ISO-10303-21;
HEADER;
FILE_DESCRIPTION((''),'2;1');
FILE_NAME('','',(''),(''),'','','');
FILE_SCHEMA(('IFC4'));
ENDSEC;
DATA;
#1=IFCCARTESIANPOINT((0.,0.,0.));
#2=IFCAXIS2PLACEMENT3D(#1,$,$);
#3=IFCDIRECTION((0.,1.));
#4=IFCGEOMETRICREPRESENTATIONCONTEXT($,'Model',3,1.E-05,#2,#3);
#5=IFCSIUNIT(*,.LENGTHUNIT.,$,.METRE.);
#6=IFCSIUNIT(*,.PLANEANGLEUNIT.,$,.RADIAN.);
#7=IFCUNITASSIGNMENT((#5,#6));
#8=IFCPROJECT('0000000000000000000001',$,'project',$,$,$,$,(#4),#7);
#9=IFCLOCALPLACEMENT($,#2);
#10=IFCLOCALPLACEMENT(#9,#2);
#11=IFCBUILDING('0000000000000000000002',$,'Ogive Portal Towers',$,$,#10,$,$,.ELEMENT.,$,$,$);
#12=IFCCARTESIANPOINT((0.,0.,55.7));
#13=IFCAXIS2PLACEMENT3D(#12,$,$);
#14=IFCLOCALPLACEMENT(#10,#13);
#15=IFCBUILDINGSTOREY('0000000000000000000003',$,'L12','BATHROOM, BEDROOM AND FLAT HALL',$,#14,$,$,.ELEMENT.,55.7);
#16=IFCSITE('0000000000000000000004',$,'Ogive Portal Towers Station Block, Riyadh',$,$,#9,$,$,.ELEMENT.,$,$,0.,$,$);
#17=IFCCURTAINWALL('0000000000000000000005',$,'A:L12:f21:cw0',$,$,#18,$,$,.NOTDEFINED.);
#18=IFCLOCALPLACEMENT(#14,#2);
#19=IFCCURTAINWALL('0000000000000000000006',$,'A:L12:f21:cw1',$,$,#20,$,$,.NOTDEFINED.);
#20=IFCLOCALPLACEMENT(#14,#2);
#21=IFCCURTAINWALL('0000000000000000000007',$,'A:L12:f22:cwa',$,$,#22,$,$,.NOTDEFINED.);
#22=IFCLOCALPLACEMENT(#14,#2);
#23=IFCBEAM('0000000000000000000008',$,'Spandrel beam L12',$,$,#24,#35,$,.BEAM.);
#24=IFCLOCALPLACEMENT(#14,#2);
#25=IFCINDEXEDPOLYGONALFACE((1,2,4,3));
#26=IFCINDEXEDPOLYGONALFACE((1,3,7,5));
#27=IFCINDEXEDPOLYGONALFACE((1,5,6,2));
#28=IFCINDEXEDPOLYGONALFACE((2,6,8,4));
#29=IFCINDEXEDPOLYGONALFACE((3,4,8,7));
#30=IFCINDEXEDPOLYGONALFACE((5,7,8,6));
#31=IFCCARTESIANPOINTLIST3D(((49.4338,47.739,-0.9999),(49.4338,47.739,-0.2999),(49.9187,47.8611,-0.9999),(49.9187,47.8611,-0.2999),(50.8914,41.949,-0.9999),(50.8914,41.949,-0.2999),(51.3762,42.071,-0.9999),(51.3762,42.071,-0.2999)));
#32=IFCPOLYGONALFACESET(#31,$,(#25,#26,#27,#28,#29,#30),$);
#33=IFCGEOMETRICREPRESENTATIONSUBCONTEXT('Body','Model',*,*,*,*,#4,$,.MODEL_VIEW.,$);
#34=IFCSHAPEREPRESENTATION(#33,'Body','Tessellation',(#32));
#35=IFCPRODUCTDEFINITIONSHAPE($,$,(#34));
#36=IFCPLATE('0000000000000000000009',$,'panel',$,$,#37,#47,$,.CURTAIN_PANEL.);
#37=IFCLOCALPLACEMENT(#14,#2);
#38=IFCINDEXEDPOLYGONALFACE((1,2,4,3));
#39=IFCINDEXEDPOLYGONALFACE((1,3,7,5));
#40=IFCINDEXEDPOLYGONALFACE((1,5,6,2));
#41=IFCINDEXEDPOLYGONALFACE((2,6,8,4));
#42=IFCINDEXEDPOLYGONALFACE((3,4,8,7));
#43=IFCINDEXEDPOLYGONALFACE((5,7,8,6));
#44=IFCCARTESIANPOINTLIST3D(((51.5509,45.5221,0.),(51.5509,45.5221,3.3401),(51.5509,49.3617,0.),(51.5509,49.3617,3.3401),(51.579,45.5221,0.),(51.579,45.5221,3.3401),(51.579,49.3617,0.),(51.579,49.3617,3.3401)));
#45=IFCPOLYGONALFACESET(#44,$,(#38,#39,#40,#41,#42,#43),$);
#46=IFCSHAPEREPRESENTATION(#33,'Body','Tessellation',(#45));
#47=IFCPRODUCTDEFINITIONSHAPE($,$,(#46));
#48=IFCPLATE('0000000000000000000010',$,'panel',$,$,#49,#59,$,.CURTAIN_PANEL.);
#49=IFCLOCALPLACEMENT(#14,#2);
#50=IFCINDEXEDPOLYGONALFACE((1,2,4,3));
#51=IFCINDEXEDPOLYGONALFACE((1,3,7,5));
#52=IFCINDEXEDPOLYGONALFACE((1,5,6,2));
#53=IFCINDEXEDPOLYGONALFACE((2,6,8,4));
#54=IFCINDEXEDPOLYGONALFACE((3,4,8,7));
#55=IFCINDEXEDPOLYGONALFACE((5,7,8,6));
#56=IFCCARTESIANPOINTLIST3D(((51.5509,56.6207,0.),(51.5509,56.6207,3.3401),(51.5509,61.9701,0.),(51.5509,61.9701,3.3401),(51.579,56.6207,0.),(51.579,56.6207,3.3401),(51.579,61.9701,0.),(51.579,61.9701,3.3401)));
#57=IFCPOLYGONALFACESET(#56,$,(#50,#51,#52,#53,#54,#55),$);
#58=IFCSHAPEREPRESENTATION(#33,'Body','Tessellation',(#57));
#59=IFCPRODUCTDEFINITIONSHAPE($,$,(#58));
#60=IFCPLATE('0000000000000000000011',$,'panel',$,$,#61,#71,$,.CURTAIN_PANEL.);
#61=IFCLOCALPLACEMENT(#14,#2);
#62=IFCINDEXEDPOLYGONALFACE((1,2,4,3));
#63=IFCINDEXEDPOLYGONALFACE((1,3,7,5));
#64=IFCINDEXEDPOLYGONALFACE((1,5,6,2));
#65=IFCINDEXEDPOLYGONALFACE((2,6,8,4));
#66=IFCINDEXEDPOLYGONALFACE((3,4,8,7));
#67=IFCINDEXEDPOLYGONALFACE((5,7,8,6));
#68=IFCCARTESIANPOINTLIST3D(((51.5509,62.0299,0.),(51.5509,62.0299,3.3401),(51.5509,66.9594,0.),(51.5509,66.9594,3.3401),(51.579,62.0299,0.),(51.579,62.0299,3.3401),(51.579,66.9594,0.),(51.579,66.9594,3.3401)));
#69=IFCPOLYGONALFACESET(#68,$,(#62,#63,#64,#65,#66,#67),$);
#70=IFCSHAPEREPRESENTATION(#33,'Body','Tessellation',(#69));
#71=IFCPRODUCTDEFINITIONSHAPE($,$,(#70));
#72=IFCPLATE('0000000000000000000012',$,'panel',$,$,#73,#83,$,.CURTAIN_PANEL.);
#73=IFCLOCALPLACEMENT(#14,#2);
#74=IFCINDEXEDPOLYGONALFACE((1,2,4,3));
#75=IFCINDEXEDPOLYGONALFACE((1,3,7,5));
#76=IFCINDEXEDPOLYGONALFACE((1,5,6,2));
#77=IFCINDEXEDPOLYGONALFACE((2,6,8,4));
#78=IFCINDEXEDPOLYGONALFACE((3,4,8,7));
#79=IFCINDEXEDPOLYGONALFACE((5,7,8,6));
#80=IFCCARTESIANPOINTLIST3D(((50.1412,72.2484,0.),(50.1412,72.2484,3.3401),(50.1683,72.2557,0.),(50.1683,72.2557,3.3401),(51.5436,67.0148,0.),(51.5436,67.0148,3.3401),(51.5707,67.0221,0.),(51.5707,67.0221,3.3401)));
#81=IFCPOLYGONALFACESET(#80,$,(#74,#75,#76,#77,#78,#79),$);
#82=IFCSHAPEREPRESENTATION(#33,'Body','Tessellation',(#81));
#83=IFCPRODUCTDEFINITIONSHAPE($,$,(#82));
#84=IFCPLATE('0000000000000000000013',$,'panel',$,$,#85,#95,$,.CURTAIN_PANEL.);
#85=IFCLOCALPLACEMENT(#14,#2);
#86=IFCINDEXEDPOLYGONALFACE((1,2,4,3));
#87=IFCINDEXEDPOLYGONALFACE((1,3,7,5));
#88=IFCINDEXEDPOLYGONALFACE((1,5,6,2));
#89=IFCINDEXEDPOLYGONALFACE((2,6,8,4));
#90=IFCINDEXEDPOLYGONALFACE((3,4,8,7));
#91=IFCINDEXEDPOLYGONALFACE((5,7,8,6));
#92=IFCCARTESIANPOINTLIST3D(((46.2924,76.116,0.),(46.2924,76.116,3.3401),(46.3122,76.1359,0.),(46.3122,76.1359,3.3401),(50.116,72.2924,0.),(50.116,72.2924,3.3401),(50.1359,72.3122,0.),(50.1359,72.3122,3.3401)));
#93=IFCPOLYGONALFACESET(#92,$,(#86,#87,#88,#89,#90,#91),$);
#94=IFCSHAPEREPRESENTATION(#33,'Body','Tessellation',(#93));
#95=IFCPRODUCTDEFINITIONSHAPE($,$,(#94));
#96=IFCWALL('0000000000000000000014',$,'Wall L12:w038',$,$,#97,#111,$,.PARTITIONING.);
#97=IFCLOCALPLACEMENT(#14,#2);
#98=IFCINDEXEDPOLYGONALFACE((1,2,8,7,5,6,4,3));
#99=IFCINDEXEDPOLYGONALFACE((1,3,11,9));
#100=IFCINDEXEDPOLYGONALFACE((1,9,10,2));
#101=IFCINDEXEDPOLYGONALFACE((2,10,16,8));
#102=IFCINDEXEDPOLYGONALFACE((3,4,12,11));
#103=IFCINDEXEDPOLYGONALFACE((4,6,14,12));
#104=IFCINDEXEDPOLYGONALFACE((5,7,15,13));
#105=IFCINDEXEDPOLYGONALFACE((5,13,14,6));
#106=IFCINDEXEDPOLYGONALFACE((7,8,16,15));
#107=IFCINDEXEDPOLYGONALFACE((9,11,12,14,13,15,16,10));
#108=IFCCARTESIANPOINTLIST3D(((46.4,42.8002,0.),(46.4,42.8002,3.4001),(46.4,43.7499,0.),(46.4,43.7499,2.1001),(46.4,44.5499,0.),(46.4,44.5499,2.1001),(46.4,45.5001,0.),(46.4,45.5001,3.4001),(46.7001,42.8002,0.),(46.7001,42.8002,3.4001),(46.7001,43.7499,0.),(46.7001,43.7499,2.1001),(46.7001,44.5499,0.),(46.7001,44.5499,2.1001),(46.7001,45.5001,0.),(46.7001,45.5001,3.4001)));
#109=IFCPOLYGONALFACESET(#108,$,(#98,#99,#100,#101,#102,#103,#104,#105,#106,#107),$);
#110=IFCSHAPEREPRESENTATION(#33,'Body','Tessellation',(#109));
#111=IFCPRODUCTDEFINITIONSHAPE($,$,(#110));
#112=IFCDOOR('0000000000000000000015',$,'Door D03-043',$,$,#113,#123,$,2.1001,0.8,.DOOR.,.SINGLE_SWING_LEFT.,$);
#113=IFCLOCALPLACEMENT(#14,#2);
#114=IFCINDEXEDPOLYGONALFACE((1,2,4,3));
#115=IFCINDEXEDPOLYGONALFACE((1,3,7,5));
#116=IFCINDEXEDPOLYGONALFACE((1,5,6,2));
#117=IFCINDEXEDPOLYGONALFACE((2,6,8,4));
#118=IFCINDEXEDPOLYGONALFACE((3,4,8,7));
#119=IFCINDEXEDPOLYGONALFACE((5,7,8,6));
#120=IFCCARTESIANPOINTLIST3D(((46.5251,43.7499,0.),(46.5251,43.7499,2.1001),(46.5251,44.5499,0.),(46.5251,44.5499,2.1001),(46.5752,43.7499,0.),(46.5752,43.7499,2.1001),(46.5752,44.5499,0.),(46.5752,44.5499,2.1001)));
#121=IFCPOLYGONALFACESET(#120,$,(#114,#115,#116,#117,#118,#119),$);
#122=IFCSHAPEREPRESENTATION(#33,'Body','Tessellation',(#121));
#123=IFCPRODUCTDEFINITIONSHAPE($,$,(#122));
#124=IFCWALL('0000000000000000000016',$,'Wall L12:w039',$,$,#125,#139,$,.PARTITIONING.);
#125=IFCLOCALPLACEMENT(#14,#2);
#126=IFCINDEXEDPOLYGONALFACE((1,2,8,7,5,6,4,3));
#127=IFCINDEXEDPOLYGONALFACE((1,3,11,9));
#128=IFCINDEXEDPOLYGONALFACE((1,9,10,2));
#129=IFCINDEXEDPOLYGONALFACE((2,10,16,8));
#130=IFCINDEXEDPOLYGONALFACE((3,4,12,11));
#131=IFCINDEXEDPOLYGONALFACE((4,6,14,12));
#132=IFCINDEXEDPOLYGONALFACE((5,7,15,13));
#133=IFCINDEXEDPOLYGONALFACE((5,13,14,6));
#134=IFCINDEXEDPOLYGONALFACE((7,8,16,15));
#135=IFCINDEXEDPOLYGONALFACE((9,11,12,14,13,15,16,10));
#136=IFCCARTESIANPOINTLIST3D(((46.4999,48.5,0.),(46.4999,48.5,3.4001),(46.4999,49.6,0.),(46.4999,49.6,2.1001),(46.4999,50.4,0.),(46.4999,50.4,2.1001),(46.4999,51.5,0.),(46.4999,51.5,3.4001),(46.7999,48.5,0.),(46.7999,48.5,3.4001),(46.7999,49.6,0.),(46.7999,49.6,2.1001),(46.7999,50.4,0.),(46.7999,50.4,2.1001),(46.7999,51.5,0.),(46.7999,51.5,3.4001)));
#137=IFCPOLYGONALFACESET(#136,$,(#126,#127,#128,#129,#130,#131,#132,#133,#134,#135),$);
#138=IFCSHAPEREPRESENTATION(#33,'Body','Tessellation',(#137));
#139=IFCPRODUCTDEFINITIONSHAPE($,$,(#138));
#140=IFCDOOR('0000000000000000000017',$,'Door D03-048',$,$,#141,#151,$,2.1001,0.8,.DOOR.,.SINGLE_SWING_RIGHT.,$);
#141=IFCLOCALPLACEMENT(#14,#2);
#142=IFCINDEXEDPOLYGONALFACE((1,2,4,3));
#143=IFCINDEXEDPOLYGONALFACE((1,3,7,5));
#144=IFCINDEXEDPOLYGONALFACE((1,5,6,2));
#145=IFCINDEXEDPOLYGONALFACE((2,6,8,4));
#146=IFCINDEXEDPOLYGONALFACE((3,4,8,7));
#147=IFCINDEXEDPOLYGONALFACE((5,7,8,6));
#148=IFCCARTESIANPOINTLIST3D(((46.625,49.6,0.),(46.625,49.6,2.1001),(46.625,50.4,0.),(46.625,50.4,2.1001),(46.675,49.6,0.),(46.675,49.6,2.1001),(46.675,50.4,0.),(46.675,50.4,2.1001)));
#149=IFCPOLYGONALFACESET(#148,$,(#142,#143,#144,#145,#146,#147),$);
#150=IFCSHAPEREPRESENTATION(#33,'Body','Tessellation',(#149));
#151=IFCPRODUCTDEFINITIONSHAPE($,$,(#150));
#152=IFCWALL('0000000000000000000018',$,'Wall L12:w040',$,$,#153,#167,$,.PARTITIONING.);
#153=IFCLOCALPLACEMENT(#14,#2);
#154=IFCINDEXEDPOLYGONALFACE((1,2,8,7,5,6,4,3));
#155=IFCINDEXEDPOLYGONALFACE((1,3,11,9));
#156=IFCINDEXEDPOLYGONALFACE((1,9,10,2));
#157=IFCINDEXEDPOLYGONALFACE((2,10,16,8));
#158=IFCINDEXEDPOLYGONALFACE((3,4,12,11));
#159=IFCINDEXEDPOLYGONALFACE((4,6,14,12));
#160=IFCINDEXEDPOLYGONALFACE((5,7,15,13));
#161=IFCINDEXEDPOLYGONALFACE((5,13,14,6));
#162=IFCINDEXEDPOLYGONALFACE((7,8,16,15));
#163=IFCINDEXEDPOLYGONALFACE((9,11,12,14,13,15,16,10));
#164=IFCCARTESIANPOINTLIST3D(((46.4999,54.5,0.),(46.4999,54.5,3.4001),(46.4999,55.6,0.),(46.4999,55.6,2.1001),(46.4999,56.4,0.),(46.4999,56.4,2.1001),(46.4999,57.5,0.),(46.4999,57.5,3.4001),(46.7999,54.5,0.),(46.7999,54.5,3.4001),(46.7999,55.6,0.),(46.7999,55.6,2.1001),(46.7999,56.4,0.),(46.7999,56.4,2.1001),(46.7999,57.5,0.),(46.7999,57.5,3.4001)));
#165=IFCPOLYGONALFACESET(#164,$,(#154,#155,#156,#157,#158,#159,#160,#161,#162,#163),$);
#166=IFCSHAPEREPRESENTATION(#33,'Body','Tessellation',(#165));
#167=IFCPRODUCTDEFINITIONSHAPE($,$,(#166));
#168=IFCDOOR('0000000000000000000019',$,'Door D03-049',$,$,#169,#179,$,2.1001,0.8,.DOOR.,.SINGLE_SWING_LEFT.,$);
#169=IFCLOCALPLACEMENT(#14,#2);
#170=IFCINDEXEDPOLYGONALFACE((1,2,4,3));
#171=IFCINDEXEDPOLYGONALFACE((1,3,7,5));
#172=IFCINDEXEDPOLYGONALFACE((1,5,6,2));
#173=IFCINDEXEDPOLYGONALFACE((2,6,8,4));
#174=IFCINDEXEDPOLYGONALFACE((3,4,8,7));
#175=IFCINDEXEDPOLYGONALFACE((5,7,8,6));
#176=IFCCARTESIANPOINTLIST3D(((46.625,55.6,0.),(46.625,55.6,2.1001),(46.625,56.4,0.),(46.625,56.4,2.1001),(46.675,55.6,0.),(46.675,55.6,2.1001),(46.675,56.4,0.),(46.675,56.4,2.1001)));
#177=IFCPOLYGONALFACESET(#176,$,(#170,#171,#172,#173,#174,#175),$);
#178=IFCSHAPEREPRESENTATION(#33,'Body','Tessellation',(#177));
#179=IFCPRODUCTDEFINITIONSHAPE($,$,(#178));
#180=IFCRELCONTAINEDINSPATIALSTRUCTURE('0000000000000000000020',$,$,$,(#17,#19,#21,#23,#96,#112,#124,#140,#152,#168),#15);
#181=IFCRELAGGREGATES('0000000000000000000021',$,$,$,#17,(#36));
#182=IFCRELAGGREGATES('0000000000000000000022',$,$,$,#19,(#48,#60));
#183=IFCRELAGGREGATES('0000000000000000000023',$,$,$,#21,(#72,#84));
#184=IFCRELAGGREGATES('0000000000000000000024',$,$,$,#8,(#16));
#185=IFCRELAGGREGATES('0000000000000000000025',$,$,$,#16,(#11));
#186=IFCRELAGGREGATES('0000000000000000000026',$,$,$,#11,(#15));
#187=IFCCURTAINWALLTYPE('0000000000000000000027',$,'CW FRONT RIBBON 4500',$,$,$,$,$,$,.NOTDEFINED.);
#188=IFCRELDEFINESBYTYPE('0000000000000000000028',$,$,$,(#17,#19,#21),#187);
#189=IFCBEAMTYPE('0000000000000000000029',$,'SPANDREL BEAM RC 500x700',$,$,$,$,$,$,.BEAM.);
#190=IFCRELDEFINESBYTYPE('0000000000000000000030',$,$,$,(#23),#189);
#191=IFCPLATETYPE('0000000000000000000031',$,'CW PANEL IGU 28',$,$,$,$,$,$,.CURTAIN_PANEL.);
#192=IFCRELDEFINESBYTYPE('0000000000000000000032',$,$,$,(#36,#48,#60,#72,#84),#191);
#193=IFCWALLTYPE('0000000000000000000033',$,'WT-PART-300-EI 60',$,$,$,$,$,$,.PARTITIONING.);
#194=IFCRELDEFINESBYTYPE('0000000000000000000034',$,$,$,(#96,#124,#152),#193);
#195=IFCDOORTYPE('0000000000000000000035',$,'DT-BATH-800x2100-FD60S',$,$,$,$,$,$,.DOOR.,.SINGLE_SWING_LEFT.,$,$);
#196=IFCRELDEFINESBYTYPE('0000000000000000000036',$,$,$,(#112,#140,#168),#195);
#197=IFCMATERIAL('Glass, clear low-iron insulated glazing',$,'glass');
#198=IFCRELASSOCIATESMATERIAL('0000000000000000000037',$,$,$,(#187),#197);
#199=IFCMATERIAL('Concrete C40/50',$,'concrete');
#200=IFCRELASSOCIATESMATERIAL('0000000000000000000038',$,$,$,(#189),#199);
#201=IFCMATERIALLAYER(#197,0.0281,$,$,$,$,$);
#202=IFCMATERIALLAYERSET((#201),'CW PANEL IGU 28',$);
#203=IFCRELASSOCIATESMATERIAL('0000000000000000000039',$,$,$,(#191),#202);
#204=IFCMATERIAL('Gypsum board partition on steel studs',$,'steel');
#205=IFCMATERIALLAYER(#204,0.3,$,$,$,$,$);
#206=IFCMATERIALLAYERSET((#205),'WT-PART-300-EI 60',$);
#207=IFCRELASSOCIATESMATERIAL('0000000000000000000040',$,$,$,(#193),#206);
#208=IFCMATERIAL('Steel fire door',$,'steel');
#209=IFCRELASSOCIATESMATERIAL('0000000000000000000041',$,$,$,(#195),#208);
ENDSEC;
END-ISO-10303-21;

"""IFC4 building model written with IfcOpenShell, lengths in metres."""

from ifc_helpers import new_model, si_unit, direction, frame, frame_2d, origin, origin_2d, place, context, subcontext, project, spatial, rectangle, extrude, material, layer, layer_set, material_profile, profile_set, type_object, element, fill, aggregate, save


model = new_model("IFC4")

# Units and contexts
model_context = context("Model", 3, precision=1e-05, world=origin(), true_north=direction((0.0, 1.0)))
body_context = subcontext(model_context, "Body", "Model", "MODEL_VIEW")
ifc_project = project(units=[si_unit("LENGTHUNIT", "METRE"), si_unit("PLANEANGLEUNIT", "RADIAN")], contexts=[model_context])

# Site, building, storey
site_placement = place(None, origin())
site = spatial("IfcSite", under=ifc_project, at=site_placement, Name="Ogive Portal Towers Station Block, Riyadh", CompositionType="ELEMENT", RefElevation=0.0)
building_placement = place(site_placement, origin())
building = spatial("IfcBuilding", under=site, at=building_placement, Name="Ogive Portal Towers", CompositionType="ELEMENT")
storey_placement = place(building_placement, frame((0.0, 0.0, 55.7)))
storey = spatial("IfcBuildingStorey", under=building, at=storey_placement, Name="L12", Description="BATHROOM, BEDROOM AND FLAT HALL", CompositionType="ELEMENT", Elevation=55.7)

# Curtain walls
ifc_material_1 = material(Name="Glass, clear low-iron insulated glazing", Category="glass")
curtain_wall_type = type_object("IfcCurtainWallType", Name="CW FRONT RIBBON 4500", PredefinedType="NOTDEFINED", material=ifc_material_1)
curtain_wall_1_placement = place(storey_placement, origin())
curtain_wall_1 = element("IfcCurtainWall", 1, at=curtain_wall_1_placement, inside=storey, type_object=curtain_wall_type, Name="A:L12:f21:cw0", PredefinedType="NOTDEFINED")
curtain_wall_2_placement = place(storey_placement, origin())
curtain_wall_2 = element("IfcCurtainWall", 2, at=curtain_wall_2_placement, inside=storey, type_object=curtain_wall_type, Name="A:L12:f21:cw1", PredefinedType="NOTDEFINED")

# Curtain wall
curtain_wall_3_placement = place(storey_placement, origin())
curtain_wall_3 = element("IfcCurtainWall", 3, at=curtain_wall_3_placement, inside=storey, type_object=curtain_wall_type, Name="A:L12:f22:cwa", PredefinedType="NOTDEFINED")

# Beam
ifc_material_2 = material(Name="Concrete C40/50", Category="concrete")
ifc_material_profile_1 = material_profile(ifc_material_2, rectangle(XDim=0.5, YDim=0.7, at=origin_2d()), Name="RC 500x700")
ifc_profile_set_1 = profile_set([ifc_material_profile_1], Name="Concrete C40/50")
beam_type = type_object("IfcBeamType", Name="SPANDREL BEAM RC 500x700", PredefinedType="BEAM", material=ifc_profile_set_1)
beam_placement = place(storey_placement, frame((49.6763, 47.8, -0.6499), z_axis=(0.244113, -0.969747, 0.0), x_axis=(0.969747, 0.244113, 0.0)))
element("IfcBeam", 4, at=beam_placement, inside=storey, type_object=beam_type, Name="Spandrel beam L12", PredefinedType="BEAM", context=body_context, shape_type="SweptSolid", body=[
    extrude(rectangle(XDim=0.5, YDim=0.7, at=origin_2d()), origin(), (0.0, 0.0, 1.0), 5.9707),
])

# Plates
ifc_layer_1 = layer(ifc_material_1, 0.0281)
ifc_layer_set_1 = layer_set([ifc_layer_1], Name="CW PANEL IGU 28")
plate_type = type_object("IfcPlateType", Name="CW PANEL IGU 28", PredefinedType="CURTAIN_PANEL", material=ifc_layer_set_1)
plate_1_placement = place(storey_placement, frame((51.5649, 47.4419, 0.0), z_axis=(0.0, 0.0, 1.0), x_axis=(0.0, 1.0, 0.0)))
plate_1 = element("IfcPlate", 5, at=plate_1_placement, type_object=plate_type, Name="panel", PredefinedType="CURTAIN_PANEL", context=body_context, shape_type="SweptSolid", body=[
    extrude(rectangle(XDim=3.8396, YDim=0.0281, at=origin_2d()), origin(), (0.0, 0.0, 1.0), 3.3401),
])
aggregate(curtain_wall_1, [plate_1])
plate_2_placement = place(storey_placement, frame((51.5649, 59.2954, 0.0), z_axis=(0.0, 0.0, 1.0), x_axis=(0.0, 1.0, 0.0)))
plate_2 = element("IfcPlate", 6, at=plate_2_placement, type_object=plate_type, Name="panel", PredefinedType="CURTAIN_PANEL", context=body_context, shape_type="SweptSolid", body=[
    extrude(rectangle(XDim=5.3494, YDim=0.0281, at=origin_2d()), origin(), (0.0, 0.0, 1.0), 3.3401),
])
plate_3_placement = place(storey_placement, frame((51.5649, 64.4946, 0.0), z_axis=(0.0, 0.0, 1.0), x_axis=(0.0, 1.0, 0.0)))
plate_3 = element("IfcPlate", 7, at=plate_3_placement, type_object=plate_type, Name="panel", PredefinedType="CURTAIN_PANEL", context=body_context, shape_type="SweptSolid", body=[
    extrude(rectangle(XDim=4.9294, YDim=0.0281, at=origin_2d()), origin(), (0.0, 0.0, 1.0), 3.3401),
])
aggregate(curtain_wall_2, [plate_2, plate_3])
plate_4_placement = place(storey_placement, frame((50.856, 69.6353, 0.0), z_axis=(0.0, 0.0, 1.0), x_axis=(-0.258819, 0.965926, 0.0)))
plate_4 = element("IfcPlate", 8, at=plate_4_placement, type_object=plate_type, Name="panel", PredefinedType="CURTAIN_PANEL", context=body_context, shape_type="SweptSolid", body=[
    extrude(rectangle(XDim=5.4182, YDim=0.0281, at=origin_2d()), origin(), (0.0, 0.0, 1.0), 3.3401),
])
plate_5_placement = place(storey_placement, frame((48.2141, 74.2141, 0.0), z_axis=(0.0, 0.0, 1.0), x_axis=(-0.707107, 0.707107, 0.0)))
plate_5 = element("IfcPlate", 9, at=plate_5_placement, type_object=plate_type, Name="panel", PredefinedType="CURTAIN_PANEL", context=body_context, shape_type="SweptSolid", body=[
    extrude(rectangle(XDim=5.4075, YDim=0.0281, at=origin_2d()), origin(), (0.0, 0.0, 1.0), 3.3401),
])
aggregate(curtain_wall_3, [plate_4, plate_5])

# Walls, openings, doors
ifc_material_3 = material(Name="Gypsum board partition on steel studs", Category="steel")
ifc_layer_2 = layer(ifc_material_3, 0.3)
ifc_layer_set_2 = layer_set([ifc_layer_2], Name="WT-PART-300-EI 60")
wall_type_1 = type_object("IfcWallType", Name="WT-PART-300-EI 60", PredefinedType="PARTITIONING", material=ifc_layer_set_2)
wall_1_placement = place(storey_placement, frame((46.55, 42.8, 0.0), z_axis=(0.0, 0.0, 1.0), x_axis=(0.0, 1.0, 0.0)))
wall_1 = element("IfcWall", 10, at=wall_1_placement, inside=storey, type_object=wall_type_1, Name="Wall L12:w038", PredefinedType="PARTITIONING", context=body_context, shape_type="SweptSolid", body=[
    extrude(rectangle(XDim=2.7, YDim=0.3, at=frame_2d((1.3501, 0.0))), origin(), (0.0, 0.0, 1.0), 3.4001),
])
opening_1_placement = place(wall_1_placement, frame((0.95, 0.0, 0.0)))
opening_1 = element("IfcOpeningElement", 11, at=opening_1_placement, cuts=wall_1, PredefinedType="OPENING", context=body_context, shape_type="SweptSolid", body=[
    extrude(rectangle(XDim=0.8, YDim=2.1001, at=frame_2d((0.3999, 1.05))), frame((0.0, 0.1602, 0.0), z_axis=(0.0, -1.0, 0.0), x_axis=(1.0, 0.0, 0.0)), (0.0, 0.0, 1.0), 0.3201),
])
ifc_material_4 = material(Name="Steel fire door", Category="steel")
door_type_1 = type_object("IfcDoorType", Name="DT-BATH-800x2100-FD60S", OperationType="SINGLE_SWING_LEFT", PredefinedType="DOOR", material=ifc_material_4)
door_1_placement = place(opening_1_placement, origin())
door_1 = element("IfcDoor", 12, at=door_1_placement, inside=storey, type_object=door_type_1, Name="Door D03-043", OperationType="SINGLE_SWING_LEFT", OverallHeight=2.1001, OverallWidth=0.8, PredefinedType="DOOR", context=body_context, shape_type="SweptSolid", body=[
    extrude(rectangle(XDim=0.8, YDim=2.1001, at=frame_2d((0.3999, 1.05))), frame((0.0, 0.0249, 0.0), z_axis=(0.0, -1.0, 0.0), x_axis=(1.0, 0.0, 0.0)), (0.0, 0.0, 1.0), 0.05),
])
fill(opening_1, door_1)
wall_2_placement = place(storey_placement, frame((46.6499, 48.5, 0.0), z_axis=(0.0, 0.0, 1.0), x_axis=(0.0, 1.0, 0.0)))
wall_2 = element("IfcWall", 13, at=wall_2_placement, inside=storey, type_object=wall_type_1, Name="Wall L12:w039", PredefinedType="PARTITIONING", context=body_context, shape_type="SweptSolid", body=[
    extrude(rectangle(XDim=3.0, YDim=0.3, at=frame_2d((1.5, 0.0))), origin(), (0.0, 0.0, 1.0), 3.4001),
])
opening_2_placement = place(wall_2_placement, frame((1.1001, 0.0, 0.0)))
opening_2 = element("IfcOpeningElement", 14, at=opening_2_placement, cuts=wall_2, PredefinedType="OPENING", context=body_context, shape_type="SweptSolid", body=[
    extrude(rectangle(XDim=0.8, YDim=2.1001, at=frame_2d((0.3999, 1.05))), frame((0.0, 0.1602, 0.0), z_axis=(0.0, -1.0, 0.0), x_axis=(1.0, 0.0, 0.0)), (0.0, 0.0, 1.0), 0.3201),
])
door_2_placement = place(opening_2_placement, origin())
door_2 = element("IfcDoor", 15, at=door_2_placement, inside=storey, type_object=door_type_1, Name="Door D03-048", OperationType="SINGLE_SWING_RIGHT", OverallHeight=2.1001, OverallWidth=0.8, PredefinedType="DOOR", context=body_context, shape_type="SweptSolid", body=[
    extrude(rectangle(XDim=0.8, YDim=2.1001, at=frame_2d((0.3999, 1.05))), frame((0.0, 0.0249, 0.0), z_axis=(0.0, -1.0, 0.0), x_axis=(1.0, 0.0, 0.0)), (0.0, 0.0, 1.0), 0.05),
])
fill(opening_2, door_2)
wall_3_placement = place(storey_placement, frame((46.6499, 54.5, 0.0), z_axis=(0.0, 0.0, 1.0), x_axis=(0.0, 1.0, 0.0)))
wall_3 = element("IfcWall", 16, at=wall_3_placement, inside=storey, type_object=wall_type_1, Name="Wall L12:w040", PredefinedType="PARTITIONING", context=body_context, shape_type="SweptSolid", body=[
    extrude(rectangle(XDim=3.0, YDim=0.3, at=frame_2d((1.5, 0.0))), origin(), (0.0, 0.0, 1.0), 3.4001),
])
opening_3_placement = place(wall_3_placement, frame((1.1001, 0.0, 0.0)))
opening_3 = element("IfcOpeningElement", 17, at=opening_3_placement, cuts=wall_3, PredefinedType="OPENING", context=body_context, shape_type="SweptSolid", body=[
    extrude(rectangle(XDim=0.8, YDim=2.1001, at=frame_2d((0.3999, 1.05))), frame((0.0, 0.1602, 0.0), z_axis=(0.0, -1.0, 0.0), x_axis=(1.0, 0.0, 0.0)), (0.0, 0.0, 1.0), 0.3201),
])
door_3_placement = place(opening_3_placement, origin())
door_3 = element("IfcDoor", 18, at=door_3_placement, inside=storey, type_object=door_type_1, Name="Door D03-049", OperationType="SINGLE_SWING_LEFT", OverallHeight=2.1001, OverallWidth=0.8, PredefinedType="DOOR", context=body_context, shape_type="SweptSolid", body=[
    extrude(rectangle(XDim=0.8, YDim=2.1001, at=frame_2d((0.3999, 1.05))), frame((0.0, 0.0249, 0.0), z_axis=(0.0, -1.0, 0.0), x_axis=(1.0, 0.0, 0.0)), (0.0, 0.0, 1.0), 0.05),
])
fill(opening_3, door_3)

save(model, "model.ifc")
